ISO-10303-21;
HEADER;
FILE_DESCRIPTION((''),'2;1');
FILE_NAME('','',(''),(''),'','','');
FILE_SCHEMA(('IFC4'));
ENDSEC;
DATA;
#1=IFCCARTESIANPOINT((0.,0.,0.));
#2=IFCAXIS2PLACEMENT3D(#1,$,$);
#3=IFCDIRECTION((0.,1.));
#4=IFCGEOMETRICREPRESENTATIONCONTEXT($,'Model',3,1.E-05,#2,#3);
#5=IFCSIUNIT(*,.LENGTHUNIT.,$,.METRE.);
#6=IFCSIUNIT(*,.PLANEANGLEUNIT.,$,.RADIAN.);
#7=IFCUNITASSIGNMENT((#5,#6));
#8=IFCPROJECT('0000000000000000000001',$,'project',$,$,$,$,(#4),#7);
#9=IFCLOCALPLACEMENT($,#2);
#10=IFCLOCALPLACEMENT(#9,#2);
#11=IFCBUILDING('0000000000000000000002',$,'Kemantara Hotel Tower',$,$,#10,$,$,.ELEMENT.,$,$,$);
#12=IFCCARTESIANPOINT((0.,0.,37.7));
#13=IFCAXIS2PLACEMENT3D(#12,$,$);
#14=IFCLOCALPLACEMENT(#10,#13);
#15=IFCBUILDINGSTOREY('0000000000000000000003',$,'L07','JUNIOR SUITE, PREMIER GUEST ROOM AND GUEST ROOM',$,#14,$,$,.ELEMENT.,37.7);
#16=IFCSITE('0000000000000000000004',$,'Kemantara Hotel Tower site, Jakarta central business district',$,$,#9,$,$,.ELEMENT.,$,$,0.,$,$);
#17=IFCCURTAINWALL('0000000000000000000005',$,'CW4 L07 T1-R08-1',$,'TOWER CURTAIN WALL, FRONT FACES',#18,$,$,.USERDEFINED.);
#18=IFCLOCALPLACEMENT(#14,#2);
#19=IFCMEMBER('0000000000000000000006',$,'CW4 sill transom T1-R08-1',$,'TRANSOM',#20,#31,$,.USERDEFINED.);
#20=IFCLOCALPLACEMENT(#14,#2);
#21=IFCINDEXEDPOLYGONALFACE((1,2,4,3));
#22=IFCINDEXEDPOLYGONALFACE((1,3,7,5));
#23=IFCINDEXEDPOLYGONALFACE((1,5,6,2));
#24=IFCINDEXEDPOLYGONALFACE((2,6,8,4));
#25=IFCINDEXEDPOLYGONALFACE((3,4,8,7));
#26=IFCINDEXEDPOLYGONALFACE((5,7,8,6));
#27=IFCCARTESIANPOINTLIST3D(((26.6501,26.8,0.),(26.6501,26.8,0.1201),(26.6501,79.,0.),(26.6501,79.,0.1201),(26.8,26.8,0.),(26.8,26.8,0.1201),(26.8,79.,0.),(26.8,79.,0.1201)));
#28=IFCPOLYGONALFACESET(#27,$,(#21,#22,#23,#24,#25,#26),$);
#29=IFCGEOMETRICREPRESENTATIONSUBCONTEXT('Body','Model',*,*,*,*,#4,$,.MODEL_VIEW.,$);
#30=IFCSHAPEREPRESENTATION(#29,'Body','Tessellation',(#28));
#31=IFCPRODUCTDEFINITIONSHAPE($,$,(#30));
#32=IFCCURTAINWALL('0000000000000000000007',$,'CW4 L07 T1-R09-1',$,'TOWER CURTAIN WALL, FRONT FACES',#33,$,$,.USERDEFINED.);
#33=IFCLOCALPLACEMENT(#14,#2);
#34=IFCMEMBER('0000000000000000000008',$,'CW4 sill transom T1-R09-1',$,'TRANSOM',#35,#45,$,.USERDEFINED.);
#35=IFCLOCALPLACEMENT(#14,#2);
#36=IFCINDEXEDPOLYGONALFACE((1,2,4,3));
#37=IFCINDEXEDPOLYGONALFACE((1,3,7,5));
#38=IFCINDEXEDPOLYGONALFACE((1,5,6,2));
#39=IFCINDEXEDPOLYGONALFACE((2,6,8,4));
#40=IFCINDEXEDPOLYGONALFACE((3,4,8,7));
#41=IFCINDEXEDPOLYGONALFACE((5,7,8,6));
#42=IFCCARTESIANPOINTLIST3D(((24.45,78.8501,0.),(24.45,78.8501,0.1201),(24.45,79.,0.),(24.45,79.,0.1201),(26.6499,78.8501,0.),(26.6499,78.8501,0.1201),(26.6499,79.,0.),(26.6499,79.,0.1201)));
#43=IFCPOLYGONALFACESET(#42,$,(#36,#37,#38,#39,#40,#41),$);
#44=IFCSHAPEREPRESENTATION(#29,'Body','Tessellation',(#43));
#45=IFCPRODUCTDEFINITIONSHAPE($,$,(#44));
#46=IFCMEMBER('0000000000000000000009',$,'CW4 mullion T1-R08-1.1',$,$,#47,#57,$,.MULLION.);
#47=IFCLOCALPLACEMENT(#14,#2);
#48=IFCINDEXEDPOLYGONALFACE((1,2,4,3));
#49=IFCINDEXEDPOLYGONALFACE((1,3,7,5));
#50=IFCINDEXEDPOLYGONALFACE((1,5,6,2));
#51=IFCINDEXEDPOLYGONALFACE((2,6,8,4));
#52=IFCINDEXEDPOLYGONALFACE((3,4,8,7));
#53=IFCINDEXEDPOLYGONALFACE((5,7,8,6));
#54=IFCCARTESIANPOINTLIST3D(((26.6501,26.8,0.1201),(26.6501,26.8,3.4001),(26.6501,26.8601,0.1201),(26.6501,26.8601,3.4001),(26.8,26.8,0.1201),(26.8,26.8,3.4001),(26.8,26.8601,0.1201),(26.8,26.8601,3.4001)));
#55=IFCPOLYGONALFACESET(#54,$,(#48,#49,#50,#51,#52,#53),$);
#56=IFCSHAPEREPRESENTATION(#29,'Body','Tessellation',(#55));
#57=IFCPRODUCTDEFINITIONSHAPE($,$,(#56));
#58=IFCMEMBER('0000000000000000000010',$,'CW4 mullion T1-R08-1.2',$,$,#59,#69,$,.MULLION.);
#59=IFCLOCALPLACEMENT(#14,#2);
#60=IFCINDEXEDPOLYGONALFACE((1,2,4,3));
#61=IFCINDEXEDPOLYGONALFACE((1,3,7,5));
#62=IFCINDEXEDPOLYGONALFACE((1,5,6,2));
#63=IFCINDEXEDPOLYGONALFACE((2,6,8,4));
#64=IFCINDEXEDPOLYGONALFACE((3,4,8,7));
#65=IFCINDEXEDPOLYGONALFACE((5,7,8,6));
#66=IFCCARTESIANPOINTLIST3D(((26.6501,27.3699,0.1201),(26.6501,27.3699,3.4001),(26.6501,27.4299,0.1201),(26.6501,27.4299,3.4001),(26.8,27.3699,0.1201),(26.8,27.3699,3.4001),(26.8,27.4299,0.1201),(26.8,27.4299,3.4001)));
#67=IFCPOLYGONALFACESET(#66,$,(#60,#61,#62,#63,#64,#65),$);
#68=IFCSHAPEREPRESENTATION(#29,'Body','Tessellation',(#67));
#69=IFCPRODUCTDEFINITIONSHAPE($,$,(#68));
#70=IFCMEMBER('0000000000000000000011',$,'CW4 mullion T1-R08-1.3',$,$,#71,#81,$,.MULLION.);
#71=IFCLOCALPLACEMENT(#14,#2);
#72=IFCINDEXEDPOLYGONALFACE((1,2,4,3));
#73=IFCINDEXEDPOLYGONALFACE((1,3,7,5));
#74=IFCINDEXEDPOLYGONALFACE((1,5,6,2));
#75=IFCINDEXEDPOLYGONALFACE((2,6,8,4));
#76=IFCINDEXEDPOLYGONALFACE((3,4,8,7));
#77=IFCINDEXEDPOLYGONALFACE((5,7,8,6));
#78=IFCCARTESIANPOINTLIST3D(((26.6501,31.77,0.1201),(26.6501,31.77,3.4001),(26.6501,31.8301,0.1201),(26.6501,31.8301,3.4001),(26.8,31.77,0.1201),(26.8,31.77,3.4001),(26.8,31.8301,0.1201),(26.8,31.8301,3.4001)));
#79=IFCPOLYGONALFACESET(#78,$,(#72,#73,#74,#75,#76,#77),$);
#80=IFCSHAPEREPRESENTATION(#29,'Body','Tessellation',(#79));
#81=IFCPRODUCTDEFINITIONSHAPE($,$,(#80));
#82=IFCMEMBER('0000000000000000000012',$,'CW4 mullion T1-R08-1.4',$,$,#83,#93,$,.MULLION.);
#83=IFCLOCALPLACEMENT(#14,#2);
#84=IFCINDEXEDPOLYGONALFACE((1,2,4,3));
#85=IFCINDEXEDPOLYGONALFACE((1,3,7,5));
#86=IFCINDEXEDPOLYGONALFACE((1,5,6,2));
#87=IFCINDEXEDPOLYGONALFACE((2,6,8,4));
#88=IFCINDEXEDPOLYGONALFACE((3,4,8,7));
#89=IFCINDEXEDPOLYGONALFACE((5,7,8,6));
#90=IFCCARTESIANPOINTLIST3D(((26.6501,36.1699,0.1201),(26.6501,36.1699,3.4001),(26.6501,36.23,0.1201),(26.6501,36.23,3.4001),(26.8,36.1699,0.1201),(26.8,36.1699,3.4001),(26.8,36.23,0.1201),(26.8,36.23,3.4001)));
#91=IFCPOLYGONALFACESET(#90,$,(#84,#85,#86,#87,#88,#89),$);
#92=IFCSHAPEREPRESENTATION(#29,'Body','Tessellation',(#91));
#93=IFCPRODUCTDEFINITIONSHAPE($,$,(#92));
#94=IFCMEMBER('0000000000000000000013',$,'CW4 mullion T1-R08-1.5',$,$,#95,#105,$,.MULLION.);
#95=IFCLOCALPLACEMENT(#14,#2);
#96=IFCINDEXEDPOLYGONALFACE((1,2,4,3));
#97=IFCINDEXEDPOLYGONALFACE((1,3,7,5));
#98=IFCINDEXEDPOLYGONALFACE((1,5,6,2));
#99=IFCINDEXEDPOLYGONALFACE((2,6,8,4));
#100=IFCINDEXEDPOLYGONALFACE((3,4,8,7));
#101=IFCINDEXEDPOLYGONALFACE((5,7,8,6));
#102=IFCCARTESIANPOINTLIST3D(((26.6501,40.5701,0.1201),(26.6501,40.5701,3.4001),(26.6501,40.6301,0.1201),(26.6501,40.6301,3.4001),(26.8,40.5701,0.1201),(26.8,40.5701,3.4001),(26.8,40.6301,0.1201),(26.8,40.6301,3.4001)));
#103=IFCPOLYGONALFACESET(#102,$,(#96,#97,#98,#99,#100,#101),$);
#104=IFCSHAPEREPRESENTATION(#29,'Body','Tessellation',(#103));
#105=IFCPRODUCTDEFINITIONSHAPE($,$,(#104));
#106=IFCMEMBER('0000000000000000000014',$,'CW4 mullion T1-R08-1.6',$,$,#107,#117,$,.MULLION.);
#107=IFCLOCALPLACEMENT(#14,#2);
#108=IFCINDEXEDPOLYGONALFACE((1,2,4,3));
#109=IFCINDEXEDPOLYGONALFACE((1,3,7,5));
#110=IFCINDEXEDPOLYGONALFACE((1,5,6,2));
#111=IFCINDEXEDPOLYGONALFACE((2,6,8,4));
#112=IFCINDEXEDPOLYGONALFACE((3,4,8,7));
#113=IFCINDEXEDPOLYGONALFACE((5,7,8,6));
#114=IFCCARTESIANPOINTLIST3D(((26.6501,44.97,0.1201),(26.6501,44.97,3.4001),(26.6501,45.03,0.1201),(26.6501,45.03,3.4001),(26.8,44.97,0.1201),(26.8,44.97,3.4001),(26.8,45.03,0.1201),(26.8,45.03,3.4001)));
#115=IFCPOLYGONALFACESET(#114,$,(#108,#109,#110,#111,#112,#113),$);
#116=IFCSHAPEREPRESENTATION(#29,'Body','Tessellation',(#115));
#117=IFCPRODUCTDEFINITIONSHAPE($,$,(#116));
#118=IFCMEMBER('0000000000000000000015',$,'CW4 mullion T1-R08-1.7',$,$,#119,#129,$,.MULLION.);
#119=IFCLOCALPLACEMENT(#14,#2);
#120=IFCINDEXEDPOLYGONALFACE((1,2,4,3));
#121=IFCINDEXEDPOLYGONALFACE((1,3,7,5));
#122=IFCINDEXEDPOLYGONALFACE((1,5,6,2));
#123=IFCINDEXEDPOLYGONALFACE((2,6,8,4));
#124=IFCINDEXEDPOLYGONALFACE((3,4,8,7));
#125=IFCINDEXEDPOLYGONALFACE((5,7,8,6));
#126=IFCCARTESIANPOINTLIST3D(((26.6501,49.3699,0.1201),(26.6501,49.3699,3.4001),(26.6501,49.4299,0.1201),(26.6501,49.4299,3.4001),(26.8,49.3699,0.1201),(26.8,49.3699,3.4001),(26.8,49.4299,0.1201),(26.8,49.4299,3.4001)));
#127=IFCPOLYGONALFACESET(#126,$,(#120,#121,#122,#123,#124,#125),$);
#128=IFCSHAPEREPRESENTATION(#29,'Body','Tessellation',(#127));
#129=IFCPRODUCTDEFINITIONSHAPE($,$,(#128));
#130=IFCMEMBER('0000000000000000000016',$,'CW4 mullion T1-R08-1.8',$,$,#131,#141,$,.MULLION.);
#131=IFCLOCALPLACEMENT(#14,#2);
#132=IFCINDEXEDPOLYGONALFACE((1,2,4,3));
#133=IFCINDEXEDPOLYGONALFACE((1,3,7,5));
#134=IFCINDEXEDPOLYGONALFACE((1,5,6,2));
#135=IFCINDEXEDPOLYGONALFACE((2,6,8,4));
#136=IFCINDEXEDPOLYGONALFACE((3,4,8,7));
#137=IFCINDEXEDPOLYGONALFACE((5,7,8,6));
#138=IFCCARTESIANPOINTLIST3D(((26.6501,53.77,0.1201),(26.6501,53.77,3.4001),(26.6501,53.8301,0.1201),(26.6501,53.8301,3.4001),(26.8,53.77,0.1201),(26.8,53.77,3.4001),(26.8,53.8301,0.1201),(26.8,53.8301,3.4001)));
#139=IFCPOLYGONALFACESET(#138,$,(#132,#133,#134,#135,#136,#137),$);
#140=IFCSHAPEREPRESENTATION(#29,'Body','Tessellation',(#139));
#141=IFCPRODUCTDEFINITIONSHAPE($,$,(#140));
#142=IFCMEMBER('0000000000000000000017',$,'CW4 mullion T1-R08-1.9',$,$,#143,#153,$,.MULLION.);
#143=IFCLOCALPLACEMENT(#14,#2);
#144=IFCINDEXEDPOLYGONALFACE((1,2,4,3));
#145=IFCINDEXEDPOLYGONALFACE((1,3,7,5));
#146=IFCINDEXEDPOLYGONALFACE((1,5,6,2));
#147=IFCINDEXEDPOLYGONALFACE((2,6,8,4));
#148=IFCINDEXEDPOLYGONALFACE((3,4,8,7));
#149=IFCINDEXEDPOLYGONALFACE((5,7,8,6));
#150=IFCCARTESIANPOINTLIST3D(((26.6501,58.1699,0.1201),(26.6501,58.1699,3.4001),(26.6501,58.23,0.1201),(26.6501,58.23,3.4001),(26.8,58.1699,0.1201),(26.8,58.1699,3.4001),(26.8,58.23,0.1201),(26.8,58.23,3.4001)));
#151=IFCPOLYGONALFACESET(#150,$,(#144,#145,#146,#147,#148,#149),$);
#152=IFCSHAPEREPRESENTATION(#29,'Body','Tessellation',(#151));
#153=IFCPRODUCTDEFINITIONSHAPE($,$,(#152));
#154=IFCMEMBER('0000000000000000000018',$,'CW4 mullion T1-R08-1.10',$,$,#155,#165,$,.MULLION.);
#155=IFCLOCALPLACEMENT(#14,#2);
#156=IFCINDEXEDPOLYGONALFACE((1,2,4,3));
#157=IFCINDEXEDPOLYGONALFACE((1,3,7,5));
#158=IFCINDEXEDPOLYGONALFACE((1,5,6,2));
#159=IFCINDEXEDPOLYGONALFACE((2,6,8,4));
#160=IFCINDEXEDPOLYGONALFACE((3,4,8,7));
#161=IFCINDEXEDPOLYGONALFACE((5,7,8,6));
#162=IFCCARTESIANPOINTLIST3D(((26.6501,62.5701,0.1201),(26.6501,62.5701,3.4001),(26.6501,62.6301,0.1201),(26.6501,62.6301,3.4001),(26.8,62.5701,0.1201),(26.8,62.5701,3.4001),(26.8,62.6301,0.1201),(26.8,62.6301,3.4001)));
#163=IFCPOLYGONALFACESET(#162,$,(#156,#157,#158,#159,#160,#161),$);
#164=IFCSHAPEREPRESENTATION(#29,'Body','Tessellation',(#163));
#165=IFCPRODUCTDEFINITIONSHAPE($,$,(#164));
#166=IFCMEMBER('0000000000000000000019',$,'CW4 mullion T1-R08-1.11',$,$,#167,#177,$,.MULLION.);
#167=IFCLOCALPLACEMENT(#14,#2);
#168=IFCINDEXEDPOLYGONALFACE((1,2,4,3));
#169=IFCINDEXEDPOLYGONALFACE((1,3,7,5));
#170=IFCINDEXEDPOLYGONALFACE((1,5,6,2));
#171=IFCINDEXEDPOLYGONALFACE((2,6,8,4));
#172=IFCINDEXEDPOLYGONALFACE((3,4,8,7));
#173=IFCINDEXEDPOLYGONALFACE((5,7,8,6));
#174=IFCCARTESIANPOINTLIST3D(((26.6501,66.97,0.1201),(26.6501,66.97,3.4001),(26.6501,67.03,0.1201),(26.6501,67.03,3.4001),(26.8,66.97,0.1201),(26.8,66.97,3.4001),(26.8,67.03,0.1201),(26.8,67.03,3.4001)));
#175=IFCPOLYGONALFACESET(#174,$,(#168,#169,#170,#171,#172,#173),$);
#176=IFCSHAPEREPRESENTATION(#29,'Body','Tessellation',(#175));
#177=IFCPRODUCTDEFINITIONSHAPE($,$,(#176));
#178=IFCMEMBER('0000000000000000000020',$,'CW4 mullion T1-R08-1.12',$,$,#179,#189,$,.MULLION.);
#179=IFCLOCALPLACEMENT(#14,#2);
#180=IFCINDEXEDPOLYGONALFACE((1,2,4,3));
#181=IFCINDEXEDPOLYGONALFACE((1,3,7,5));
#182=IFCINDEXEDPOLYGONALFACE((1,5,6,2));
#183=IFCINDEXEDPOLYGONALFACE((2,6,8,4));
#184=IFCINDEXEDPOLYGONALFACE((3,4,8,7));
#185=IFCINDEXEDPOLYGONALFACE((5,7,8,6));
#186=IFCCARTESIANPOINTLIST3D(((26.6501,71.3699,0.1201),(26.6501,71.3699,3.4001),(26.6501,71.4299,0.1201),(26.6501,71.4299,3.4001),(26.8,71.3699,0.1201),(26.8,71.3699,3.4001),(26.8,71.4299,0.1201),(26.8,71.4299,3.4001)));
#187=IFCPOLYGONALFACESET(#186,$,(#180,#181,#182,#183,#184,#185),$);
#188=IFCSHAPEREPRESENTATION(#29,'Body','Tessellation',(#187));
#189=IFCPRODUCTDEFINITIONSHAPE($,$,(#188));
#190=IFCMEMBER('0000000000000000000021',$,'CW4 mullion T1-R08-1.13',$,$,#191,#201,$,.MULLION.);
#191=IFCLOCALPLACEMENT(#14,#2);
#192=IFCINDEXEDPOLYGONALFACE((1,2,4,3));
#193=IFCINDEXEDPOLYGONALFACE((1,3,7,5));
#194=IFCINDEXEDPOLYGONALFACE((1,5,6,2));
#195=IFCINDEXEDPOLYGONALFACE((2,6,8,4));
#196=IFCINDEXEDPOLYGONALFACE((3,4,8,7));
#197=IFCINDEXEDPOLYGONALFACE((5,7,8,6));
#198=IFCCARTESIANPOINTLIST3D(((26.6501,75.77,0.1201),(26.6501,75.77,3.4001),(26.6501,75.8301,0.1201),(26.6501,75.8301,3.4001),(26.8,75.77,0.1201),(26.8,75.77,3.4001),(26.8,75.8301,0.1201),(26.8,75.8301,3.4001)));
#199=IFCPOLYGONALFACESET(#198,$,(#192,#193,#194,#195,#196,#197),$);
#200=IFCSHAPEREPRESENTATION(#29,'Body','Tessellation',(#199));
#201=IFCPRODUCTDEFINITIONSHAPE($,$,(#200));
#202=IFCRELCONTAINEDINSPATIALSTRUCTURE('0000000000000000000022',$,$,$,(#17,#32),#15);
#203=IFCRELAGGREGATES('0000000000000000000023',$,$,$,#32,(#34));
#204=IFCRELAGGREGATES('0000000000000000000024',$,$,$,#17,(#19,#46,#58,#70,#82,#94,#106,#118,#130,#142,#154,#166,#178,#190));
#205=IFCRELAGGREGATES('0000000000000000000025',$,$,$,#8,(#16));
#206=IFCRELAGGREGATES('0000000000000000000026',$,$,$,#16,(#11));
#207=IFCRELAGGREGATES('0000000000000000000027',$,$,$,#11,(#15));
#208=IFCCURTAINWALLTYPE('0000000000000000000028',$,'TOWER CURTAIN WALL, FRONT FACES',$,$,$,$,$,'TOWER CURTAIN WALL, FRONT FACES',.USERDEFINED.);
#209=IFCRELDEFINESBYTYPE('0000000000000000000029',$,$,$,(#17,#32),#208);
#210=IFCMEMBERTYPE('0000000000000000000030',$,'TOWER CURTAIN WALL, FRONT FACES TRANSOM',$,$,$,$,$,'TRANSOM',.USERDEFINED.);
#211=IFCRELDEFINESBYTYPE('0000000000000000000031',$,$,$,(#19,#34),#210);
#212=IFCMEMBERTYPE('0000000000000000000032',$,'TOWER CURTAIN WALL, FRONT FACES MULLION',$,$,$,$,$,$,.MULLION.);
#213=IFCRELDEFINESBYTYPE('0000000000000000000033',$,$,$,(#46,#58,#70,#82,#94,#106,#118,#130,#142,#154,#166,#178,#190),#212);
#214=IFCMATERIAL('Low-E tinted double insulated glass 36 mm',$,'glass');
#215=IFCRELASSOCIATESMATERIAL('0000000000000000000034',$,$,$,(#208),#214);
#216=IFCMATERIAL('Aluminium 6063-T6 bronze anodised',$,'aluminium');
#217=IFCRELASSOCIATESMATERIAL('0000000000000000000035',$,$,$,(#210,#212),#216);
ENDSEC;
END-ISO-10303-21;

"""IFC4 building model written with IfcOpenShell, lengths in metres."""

from ifc_helpers import new_model, si_unit, direction, frame, origin, origin_2d, place, context, subcontext, project, spatial, rectangle, extrude, source, transform, mapped, material, material_profile, profile_set, type_object, element, aggregate, save


model = new_model("IFC4")

# Units and contexts
model_context = context("Model", 3, precision=1e-05, world=origin(), true_north=direction((0.0, 1.0)))
body_context = subcontext(model_context, "Body", "Model", "MODEL_VIEW")
ifc_project = project(units=[si_unit("LENGTHUNIT", "METRE"), si_unit("PLANEANGLEUNIT", "RADIAN")], contexts=[model_context])

# Site, building, storey
site_placement = place(None, origin())
site = spatial("IfcSite", under=ifc_project, at=site_placement, Name="Kemantara Hotel Tower site, Jakarta central business district", CompositionType="ELEMENT", RefElevation=0.0)
building_placement = place(site_placement, origin())
building = spatial("IfcBuilding", under=site, at=building_placement, Name="Kemantara Hotel Tower", CompositionType="ELEMENT")
storey_placement = place(building_placement, frame((0.0, 0.0, 37.7)))
storey = spatial("IfcBuildingStorey", under=building, at=storey_placement, Name="L07", Description="JUNIOR SUITE, PREMIER GUEST ROOM AND GUEST ROOM", CompositionType="ELEMENT", Elevation=37.7)

# Curtain walls, members
ifc_material_1 = material(Name="Low-E tinted double insulated glass 36 mm", Category="glass")
curtain_wall_type = type_object("IfcCurtainWallType", Name="TOWER CURTAIN WALL, FRONT FACES", ElementType="TOWER CURTAIN WALL, FRONT FACES", PredefinedType="USERDEFINED", material=ifc_material_1)
curtain_wall_1_placement = place(storey_placement, origin())
curtain_wall_1 = element("IfcCurtainWall", 1, at=curtain_wall_1_placement, inside=storey, type_object=curtain_wall_type, Name="CW4 L07 T1-R08-1", ObjectType="TOWER CURTAIN WALL, FRONT FACES", PredefinedType="USERDEFINED")
ifc_material_2 = material(Name="Aluminium 6063-T6 bronze anodised", Category="aluminium")
ifc_material_profile_1 = material_profile(ifc_material_2, rectangle(XDim=0.1499, YDim=0.1201, at=origin_2d()), Name="TOWER CURTAIN WALL, FRONT FACES TRANSOM")
ifc_profile_set_1 = profile_set([ifc_material_profile_1], Name="Aluminium 6063-T6 bronze anodised")
member_type_1 = type_object("IfcMemberType", Name="TOWER CURTAIN WALL, FRONT FACES TRANSOM", ElementType="TRANSOM", PredefinedType="USERDEFINED", material=ifc_profile_set_1)
member_1_placement = place(storey_placement, frame((26.7251, 26.8, 0.0601), z_axis=(0.0, 1.0, 0.0), x_axis=(-1.0, 0.0, 0.0)))
member_1 = element("IfcMember", 2, at=member_1_placement, type_object=member_type_1, Name="CW4 sill transom T1-R08-1", ObjectType="TRANSOM", PredefinedType="USERDEFINED", context=body_context, shape_type="SweptSolid", body=[
    extrude(rectangle(XDim=0.1499, YDim=0.1201, at=origin_2d()), origin(), (0.0, 0.0, 1.0), 52.2),
])
curtain_wall_2_placement = place(storey_placement, origin())
curtain_wall_2 = element("IfcCurtainWall", 3, at=curtain_wall_2_placement, inside=storey, type_object=curtain_wall_type, Name="CW4 L07 T1-R09-1", ObjectType="TOWER CURTAIN WALL, FRONT FACES", PredefinedType="USERDEFINED")
member_2_placement = place(storey_placement, frame((26.6499, 78.925, 0.0601), z_axis=(-1.0, 0.0, 0.0), x_axis=(0.0, -1.0, 0.0)))
member_2 = element("IfcMember", 4, at=member_2_placement, type_object=member_type_1, Name="CW4 sill transom T1-R09-1", ObjectType="TRANSOM", PredefinedType="USERDEFINED", context=body_context, shape_type="SweptSolid", body=[
    extrude(rectangle(XDim=0.1499, YDim=0.1201, at=origin_2d()), origin(), (0.0, 0.0, 1.0), 2.2),
])

# Members
ifc_material_profile_2 = material_profile(ifc_material_2, rectangle(XDim=0.1499, YDim=0.0601, at=origin_2d()), Name="TOWER CURTAIN WALL, FRONT FACES MULLION")
ifc_profile_set_2 = profile_set([ifc_material_profile_2], Name="Aluminium 6063-T6 bronze anodised")
member_type_2 = type_object("IfcMemberType", Name="TOWER CURTAIN WALL, FRONT FACES MULLION", PredefinedType="MULLION", material=ifc_profile_set_2)
shared_shape_1 = source(origin(), body_context, "Body", "SweptSolid", [
    extrude(rectangle(XDim=0.1499, YDim=0.0601, at=origin_2d()), origin(), (0.0, 0.0, 1.0), 3.28),
])
member_3_placement = place(storey_placement, frame((26.7251, 26.8301, 0.1201), z_axis=(0.0, 0.0, 1.0), x_axis=(-1.0, 0.0, 0.0)))
member_3 = element("IfcMember", 5, at=member_3_placement, type_object=member_type_2, Name="CW4 mullion T1-R08-1.1", PredefinedType="MULLION", context=body_context, shape_type="MappedRepresentation", body=[
    mapped(shared_shape_1, transform((0.0, 0.0, 0.0))),
])
member_4_placement = place(storey_placement, frame((26.7251, 27.3999, 0.1201), z_axis=(0.0, 0.0, 1.0), x_axis=(-1.0, 0.0, 0.0)))
member_4 = element("IfcMember", 6, at=member_4_placement, type_object=member_type_2, Name="CW4 mullion T1-R08-1.2", PredefinedType="MULLION", context=body_context, shape_type="MappedRepresentation", body=[
    mapped(shared_shape_1, transform((0.0, 0.0, 0.0))),
])
member_5_placement = place(storey_placement, frame((26.7251, 31.8, 0.1201), z_axis=(0.0, 0.0, 1.0), x_axis=(-1.0, 0.0, 0.0)))
member_5 = element("IfcMember", 7, at=member_5_placement, type_object=member_type_2, Name="CW4 mullion T1-R08-1.3", PredefinedType="MULLION", context=body_context, shape_type="MappedRepresentation", body=[
    mapped(shared_shape_1, transform((0.0, 0.0, 0.0))),
])
member_6_placement = place(storey_placement, frame((26.7251, 36.2, 0.1201), z_axis=(0.0, 0.0, 1.0), x_axis=(-1.0, 0.0, 0.0)))
member_6 = element("IfcMember", 8, at=member_6_placement, type_object=member_type_2, Name="CW4 mullion T1-R08-1.4", PredefinedType="MULLION", context=body_context, shape_type="MappedRepresentation", body=[
    mapped(shared_shape_1, transform((0.0, 0.0, 0.0))),
])
member_7_placement = place(storey_placement, frame((26.7251, 40.6001, 0.1201), z_axis=(0.0, 0.0, 1.0), x_axis=(-1.0, 0.0, 0.0)))
member_7 = element("IfcMember", 9, at=member_7_placement, type_object=member_type_2, Name="CW4 mullion T1-R08-1.5", PredefinedType="MULLION", context=body_context, shape_type="MappedRepresentation", body=[
    mapped(shared_shape_1, transform((0.0, 0.0, 0.0))),
])
member_8_placement = place(storey_placement, frame((26.7251, 45.0, 0.1201), z_axis=(0.0, 0.0, 1.0), x_axis=(-1.0, 0.0, 0.0)))
member_8 = element("IfcMember", 10, at=member_8_placement, type_object=member_type_2, Name="CW4 mullion T1-R08-1.6", PredefinedType="MULLION", context=body_context, shape_type="MappedRepresentation", body=[
    mapped(shared_shape_1, transform((0.0, 0.0, 0.0))),
])
member_9_placement = place(storey_placement, frame((26.7251, 49.3999, 0.1201), z_axis=(0.0, 0.0, 1.0), x_axis=(-1.0, 0.0, 0.0)))
member_9 = element("IfcMember", 11, at=member_9_placement, type_object=member_type_2, Name="CW4 mullion T1-R08-1.7", PredefinedType="MULLION", context=body_context, shape_type="MappedRepresentation", body=[
    mapped(shared_shape_1, transform((0.0, 0.0, 0.0))),
])
member_10_placement = place(storey_placement, frame((26.7251, 53.8, 0.1201), z_axis=(0.0, 0.0, 1.0), x_axis=(-1.0, 0.0, 0.0)))
member_10 = element("IfcMember", 12, at=member_10_placement, type_object=member_type_2, Name="CW4 mullion T1-R08-1.8", PredefinedType="MULLION", context=body_context, shape_type="MappedRepresentation", body=[
    mapped(shared_shape_1, transform((0.0, 0.0, 0.0))),
])
member_11_placement = place(storey_placement, frame((26.7251, 58.2, 0.1201), z_axis=(0.0, 0.0, 1.0), x_axis=(-1.0, 0.0, 0.0)))
member_11 = element("IfcMember", 13, at=member_11_placement, type_object=member_type_2, Name="CW4 mullion T1-R08-1.9", PredefinedType="MULLION", context=body_context, shape_type="MappedRepresentation", body=[
    mapped(shared_shape_1, transform((0.0, 0.0, 0.0))),
])
member_12_placement = place(storey_placement, frame((26.7251, 62.6001, 0.1201), z_axis=(0.0, 0.0, 1.0), x_axis=(-1.0, 0.0, 0.0)))
member_12 = element("IfcMember", 14, at=member_12_placement, type_object=member_type_2, Name="CW4 mullion T1-R08-1.10", PredefinedType="MULLION", context=body_context, shape_type="MappedRepresentation", body=[
    mapped(shared_shape_1, transform((0.0, 0.0, 0.0))),
])
member_13_placement = place(storey_placement, frame((26.7251, 67.0, 0.1201), z_axis=(0.0, 0.0, 1.0), x_axis=(-1.0, 0.0, 0.0)))
member_13 = element("IfcMember", 15, at=member_13_placement, type_object=member_type_2, Name="CW4 mullion T1-R08-1.11", PredefinedType="MULLION", context=body_context, shape_type="MappedRepresentation", body=[
    mapped(shared_shape_1, transform((0.0, 0.0, 0.0))),
])
member_14_placement = place(storey_placement, frame((26.7251, 71.3999, 0.1201), z_axis=(0.0, 0.0, 1.0), x_axis=(-1.0, 0.0, 0.0)))
member_14 = element("IfcMember", 16, at=member_14_placement, type_object=member_type_2, Name="CW4 mullion T1-R08-1.12", PredefinedType="MULLION", context=body_context, shape_type="MappedRepresentation", body=[
    mapped(shared_shape_1, transform((0.0, 0.0, 0.0))),
])
member_15_placement = place(storey_placement, frame((26.7251, 75.8, 0.1201), z_axis=(0.0, 0.0, 1.0), x_axis=(-1.0, 0.0, 0.0)))
member_15 = element("IfcMember", 17, at=member_15_placement, type_object=member_type_2, Name="CW4 mullion T1-R08-1.13", PredefinedType="MULLION", context=body_context, shape_type="MappedRepresentation", body=[
    mapped(shared_shape_1, transform((0.0, 0.0, 0.0))),
])
aggregate(curtain_wall_2, [member_2])

aggregate(curtain_wall_1, [member_1, member_3, member_4, member_5, member_6, member_7, member_8, member_9, member_10, member_11, member_12, member_13, member_14, member_15])

save(model, "model.ifc")
